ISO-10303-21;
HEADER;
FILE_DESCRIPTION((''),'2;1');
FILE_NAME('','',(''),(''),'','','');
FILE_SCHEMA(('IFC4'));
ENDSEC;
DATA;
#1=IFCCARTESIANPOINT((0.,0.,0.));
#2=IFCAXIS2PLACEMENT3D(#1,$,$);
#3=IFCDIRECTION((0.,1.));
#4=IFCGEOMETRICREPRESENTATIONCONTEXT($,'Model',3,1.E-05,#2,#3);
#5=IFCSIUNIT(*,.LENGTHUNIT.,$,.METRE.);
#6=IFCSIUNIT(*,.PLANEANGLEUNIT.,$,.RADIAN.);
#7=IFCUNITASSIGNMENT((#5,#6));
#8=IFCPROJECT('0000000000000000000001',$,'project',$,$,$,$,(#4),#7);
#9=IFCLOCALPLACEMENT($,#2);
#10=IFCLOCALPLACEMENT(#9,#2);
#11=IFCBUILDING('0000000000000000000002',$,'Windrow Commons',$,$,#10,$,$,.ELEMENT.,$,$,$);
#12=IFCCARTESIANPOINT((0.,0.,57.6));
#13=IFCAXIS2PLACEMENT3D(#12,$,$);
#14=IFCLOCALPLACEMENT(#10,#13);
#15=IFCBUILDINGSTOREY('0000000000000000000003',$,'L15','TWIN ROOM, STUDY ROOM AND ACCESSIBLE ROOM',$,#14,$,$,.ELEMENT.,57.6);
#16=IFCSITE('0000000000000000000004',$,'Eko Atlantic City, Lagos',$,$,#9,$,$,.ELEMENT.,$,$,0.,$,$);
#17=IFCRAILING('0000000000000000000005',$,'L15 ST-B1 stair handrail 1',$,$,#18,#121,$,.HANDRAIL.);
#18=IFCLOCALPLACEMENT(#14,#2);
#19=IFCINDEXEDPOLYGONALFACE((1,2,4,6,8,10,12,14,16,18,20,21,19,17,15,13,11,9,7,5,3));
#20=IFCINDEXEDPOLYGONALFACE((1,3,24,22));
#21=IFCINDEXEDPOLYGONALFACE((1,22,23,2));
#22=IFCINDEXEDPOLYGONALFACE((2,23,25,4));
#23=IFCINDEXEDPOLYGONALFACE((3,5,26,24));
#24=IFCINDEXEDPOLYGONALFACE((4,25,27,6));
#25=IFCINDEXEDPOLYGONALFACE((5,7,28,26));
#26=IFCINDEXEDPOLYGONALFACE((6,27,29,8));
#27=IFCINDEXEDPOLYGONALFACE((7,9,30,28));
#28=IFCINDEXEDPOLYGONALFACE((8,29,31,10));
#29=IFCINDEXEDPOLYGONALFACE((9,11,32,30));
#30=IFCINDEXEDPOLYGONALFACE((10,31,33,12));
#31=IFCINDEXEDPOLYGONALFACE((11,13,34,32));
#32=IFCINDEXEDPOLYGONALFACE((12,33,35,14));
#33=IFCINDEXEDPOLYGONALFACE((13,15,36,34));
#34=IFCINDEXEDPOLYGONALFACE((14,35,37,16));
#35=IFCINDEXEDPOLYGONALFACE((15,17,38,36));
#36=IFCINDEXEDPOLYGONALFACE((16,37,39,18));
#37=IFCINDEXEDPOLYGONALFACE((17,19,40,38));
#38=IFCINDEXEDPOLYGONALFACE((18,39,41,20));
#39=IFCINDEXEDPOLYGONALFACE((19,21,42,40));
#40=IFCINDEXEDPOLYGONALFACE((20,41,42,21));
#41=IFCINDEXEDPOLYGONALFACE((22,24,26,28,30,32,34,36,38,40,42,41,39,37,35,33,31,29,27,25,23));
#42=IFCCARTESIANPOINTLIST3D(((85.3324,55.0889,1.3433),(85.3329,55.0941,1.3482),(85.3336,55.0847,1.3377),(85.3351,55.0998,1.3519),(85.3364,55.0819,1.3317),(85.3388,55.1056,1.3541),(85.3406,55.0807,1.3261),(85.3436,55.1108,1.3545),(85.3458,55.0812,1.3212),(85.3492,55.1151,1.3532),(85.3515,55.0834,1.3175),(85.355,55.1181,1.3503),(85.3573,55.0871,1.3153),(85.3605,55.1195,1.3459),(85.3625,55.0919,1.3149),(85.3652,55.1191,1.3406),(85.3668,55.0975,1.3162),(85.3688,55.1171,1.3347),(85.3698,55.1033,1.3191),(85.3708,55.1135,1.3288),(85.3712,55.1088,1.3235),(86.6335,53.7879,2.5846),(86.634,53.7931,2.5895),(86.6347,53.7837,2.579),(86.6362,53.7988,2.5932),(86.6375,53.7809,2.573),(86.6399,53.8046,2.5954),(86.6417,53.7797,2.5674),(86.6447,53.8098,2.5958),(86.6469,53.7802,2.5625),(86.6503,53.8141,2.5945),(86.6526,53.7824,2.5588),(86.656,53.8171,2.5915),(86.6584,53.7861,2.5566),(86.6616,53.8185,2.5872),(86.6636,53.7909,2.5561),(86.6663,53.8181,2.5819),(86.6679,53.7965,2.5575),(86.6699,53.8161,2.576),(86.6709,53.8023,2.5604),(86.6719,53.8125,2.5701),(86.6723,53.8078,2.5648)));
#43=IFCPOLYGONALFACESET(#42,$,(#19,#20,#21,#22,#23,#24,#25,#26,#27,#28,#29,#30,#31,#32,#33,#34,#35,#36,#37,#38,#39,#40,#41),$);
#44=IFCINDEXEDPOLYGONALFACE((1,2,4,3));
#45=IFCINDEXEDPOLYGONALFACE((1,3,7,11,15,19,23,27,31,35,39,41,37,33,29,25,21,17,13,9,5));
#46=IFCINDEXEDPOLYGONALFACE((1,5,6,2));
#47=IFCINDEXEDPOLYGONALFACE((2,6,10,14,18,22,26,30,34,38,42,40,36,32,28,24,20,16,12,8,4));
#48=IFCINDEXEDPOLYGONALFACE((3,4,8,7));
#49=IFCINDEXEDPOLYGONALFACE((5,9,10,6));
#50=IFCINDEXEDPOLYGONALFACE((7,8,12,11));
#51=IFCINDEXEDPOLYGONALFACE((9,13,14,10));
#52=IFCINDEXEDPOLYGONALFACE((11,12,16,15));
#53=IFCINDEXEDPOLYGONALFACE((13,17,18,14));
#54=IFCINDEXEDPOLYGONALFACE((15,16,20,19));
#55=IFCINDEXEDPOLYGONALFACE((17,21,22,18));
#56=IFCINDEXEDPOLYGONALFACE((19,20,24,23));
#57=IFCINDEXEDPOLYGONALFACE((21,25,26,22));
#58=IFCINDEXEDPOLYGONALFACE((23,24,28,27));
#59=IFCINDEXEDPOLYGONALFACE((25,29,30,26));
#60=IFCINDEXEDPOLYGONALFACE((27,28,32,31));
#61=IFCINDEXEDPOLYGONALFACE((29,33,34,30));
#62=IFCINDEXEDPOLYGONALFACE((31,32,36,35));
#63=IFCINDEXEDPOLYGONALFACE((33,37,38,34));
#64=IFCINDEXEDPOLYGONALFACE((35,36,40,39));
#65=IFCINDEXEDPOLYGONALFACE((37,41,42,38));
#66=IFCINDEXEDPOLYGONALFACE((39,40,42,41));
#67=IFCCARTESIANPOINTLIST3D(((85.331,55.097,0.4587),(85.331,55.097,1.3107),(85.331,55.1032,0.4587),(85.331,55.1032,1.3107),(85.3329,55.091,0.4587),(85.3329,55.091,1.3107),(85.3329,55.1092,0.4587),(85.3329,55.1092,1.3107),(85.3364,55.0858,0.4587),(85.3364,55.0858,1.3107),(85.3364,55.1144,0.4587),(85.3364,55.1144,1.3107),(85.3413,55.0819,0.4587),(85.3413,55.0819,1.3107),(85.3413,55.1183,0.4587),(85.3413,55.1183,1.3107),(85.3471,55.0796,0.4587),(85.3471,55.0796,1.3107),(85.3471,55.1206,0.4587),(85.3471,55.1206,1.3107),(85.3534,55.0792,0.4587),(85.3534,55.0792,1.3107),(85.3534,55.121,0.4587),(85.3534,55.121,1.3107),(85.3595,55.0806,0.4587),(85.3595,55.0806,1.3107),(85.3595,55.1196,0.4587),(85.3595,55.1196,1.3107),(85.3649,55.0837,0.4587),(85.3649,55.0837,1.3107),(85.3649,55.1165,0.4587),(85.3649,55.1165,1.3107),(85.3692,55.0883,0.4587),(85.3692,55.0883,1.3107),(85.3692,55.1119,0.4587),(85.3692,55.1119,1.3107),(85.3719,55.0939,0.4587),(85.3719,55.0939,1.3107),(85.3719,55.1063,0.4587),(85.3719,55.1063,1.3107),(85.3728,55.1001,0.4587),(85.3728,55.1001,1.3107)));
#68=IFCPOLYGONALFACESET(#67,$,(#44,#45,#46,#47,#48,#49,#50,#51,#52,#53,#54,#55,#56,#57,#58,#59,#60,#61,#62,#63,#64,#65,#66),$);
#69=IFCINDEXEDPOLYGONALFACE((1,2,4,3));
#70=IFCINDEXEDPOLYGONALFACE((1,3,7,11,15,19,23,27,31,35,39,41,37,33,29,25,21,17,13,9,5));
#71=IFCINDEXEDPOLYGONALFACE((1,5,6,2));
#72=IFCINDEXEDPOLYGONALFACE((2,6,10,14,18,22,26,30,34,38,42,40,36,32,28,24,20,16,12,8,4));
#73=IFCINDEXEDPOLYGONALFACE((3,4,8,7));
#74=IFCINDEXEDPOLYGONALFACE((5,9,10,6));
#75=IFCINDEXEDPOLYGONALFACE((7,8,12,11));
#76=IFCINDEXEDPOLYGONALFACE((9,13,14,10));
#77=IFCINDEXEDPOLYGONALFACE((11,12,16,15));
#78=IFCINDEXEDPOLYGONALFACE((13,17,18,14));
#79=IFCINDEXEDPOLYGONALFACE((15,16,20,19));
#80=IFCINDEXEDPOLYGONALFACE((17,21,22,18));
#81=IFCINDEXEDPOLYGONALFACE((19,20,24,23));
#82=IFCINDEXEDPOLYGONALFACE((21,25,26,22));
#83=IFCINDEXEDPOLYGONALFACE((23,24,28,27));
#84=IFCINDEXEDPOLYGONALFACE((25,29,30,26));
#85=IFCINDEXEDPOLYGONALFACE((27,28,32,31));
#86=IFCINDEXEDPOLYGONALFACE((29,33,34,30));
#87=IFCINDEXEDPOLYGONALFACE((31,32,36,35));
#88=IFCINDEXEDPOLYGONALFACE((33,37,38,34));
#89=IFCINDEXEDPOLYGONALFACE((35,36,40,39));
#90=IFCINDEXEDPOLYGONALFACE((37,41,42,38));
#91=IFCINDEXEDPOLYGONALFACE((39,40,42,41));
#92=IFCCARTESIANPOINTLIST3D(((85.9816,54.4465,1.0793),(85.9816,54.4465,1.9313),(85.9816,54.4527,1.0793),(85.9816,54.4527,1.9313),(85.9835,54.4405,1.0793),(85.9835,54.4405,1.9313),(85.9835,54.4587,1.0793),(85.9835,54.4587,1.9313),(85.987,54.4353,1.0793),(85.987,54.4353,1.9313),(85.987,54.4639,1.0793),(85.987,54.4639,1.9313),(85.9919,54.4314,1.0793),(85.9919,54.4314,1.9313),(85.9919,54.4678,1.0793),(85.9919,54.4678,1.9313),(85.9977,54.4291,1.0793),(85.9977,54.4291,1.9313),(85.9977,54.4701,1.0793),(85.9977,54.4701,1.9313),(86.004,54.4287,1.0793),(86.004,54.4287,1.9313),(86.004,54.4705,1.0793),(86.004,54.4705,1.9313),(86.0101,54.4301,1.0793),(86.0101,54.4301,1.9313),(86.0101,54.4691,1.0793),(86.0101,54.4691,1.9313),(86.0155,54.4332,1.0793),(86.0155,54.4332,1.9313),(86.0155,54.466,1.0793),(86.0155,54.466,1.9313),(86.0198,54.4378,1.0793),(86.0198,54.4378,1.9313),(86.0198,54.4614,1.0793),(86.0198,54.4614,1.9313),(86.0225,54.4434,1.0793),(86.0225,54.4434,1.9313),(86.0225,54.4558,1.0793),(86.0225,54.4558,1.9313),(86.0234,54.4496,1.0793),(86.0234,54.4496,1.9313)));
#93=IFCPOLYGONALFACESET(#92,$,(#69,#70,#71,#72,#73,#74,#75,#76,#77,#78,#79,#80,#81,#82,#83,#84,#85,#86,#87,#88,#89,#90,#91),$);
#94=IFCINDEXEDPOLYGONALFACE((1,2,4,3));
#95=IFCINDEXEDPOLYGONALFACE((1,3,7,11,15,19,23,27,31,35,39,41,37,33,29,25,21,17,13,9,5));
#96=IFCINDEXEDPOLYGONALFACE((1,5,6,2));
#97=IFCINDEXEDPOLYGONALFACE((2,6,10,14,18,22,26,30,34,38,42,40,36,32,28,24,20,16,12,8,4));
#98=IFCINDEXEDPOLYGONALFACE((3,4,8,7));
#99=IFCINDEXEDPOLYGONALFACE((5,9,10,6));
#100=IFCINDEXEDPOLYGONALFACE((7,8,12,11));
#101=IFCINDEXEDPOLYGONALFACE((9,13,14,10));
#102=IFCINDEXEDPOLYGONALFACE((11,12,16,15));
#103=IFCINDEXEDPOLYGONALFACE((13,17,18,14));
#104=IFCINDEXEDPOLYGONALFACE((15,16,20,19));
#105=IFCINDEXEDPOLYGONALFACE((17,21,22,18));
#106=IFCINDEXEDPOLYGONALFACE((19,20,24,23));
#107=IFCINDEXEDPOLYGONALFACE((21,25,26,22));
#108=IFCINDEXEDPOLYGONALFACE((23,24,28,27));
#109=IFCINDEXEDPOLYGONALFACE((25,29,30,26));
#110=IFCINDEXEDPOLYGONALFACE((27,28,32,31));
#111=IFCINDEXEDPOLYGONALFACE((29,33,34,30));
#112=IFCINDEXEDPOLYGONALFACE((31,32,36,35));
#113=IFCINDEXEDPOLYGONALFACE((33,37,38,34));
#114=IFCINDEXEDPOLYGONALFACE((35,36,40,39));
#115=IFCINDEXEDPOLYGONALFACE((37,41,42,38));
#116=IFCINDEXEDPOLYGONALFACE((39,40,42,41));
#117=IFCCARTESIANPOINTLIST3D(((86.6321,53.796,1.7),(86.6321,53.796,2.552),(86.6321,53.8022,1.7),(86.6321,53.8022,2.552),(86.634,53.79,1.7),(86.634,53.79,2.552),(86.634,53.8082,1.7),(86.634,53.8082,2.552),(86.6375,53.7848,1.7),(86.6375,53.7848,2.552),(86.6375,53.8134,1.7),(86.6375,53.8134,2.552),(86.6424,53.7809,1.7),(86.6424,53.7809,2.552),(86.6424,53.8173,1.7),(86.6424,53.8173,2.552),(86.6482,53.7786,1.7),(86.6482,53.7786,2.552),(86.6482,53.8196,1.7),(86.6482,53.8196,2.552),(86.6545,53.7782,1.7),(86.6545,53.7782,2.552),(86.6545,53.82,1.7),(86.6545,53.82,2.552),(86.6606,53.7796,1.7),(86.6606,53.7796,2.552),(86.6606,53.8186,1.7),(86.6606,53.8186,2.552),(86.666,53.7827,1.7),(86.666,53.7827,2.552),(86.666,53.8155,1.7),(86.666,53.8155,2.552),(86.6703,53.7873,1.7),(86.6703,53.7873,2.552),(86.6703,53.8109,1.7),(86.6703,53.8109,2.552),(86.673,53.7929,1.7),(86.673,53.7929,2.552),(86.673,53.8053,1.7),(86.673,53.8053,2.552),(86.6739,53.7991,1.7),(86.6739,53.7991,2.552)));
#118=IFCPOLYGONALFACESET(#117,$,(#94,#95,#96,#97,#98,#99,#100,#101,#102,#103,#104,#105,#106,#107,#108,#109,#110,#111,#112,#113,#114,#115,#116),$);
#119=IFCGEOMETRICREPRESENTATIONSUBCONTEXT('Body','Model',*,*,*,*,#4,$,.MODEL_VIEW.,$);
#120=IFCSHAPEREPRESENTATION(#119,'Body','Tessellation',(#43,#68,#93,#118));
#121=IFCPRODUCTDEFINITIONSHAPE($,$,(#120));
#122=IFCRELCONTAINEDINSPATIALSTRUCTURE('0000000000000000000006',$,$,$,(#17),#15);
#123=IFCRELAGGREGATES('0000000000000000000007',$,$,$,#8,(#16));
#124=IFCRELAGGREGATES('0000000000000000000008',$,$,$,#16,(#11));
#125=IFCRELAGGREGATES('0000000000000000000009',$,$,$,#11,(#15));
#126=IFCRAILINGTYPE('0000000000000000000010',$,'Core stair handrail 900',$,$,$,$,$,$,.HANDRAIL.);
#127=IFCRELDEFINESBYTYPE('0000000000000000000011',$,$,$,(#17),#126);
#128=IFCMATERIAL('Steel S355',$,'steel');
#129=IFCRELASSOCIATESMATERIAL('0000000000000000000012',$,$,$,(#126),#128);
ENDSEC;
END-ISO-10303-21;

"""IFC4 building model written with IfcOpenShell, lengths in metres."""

from ifc_helpers import new_model, si_unit, direction, frame, origin, origin_2d, place, context, subcontext, project, spatial, circle, extrude, material, type_object, element, save


model = new_model("IFC4")

# Units and contexts
model_context = context("Model", 3, precision=1e-05, world=origin(), true_north=direction((0.0, 1.0)))
body_context = subcontext(model_context, "Body", "Model", "MODEL_VIEW")
ifc_project = project(units=[si_unit("LENGTHUNIT", "METRE"), si_unit("PLANEANGLEUNIT", "RADIAN")], contexts=[model_context])

# Site, building, storey
site_placement = place(None, origin())
site = spatial("IfcSite", under=ifc_project, at=site_placement, Name="Eko Atlantic City, Lagos", CompositionType="ELEMENT", RefElevation=0.0)
building_placement = place(site_placement, origin())
building = spatial("IfcBuilding", under=site, at=building_placement, Name="Windrow Commons", CompositionType="ELEMENT")
storey_placement = place(building_placement, frame((0.0, 0.0, 57.6)))
storey = spatial("IfcBuildingStorey", under=building, at=storey_placement, Name="L15", Description="TWIN ROOM, STUDY ROOM AND ACCESSIBLE ROOM", CompositionType="ELEMENT", Elevation=57.6)

# Railing
ifc_material_1 = material(Name="Steel S355", Category="steel")
railing_type = type_object("IfcRailingType", Name="Core stair handrail 900", PredefinedType="HANDRAIL", material=ifc_material_1)
railing_placement = place(storey_placement, frame((85.3518, 55.1001, 0.4587)))
element("IfcRailing", 1, at=railing_placement, inside=storey, type_object=railing_type, Name="L15 ST-B1 stair handrail 1", PredefinedType="HANDRAIL", context=body_context, shape_type="SweptSolid", body=[
    extrude(circle(Radius=0.024, at=origin_2d()), frame((0.0, 0.0, 0.876), z_axis=(0.586207, -0.586162, 0.559264), x_axis=(0.70708, 0.707134, 0.0)), (0.0, 0.0, 1.0), 2.2195),
    extrude(circle(Radius=0.021, at=origin_2d()), origin(), (0.0, 0.0, 1.0), 0.852),
    extrude(circle(Radius=0.021, at=origin_2d()), frame((0.6506, -0.6505, 0.6206)), (0.0, 0.0, 1.0), 0.852),
    extrude(circle(Radius=0.021, at=origin_2d()), frame((1.3011, -1.301, 1.2413)), (0.0, 0.0, 1.0), 0.852),
])

save(model, "model.ifc")
